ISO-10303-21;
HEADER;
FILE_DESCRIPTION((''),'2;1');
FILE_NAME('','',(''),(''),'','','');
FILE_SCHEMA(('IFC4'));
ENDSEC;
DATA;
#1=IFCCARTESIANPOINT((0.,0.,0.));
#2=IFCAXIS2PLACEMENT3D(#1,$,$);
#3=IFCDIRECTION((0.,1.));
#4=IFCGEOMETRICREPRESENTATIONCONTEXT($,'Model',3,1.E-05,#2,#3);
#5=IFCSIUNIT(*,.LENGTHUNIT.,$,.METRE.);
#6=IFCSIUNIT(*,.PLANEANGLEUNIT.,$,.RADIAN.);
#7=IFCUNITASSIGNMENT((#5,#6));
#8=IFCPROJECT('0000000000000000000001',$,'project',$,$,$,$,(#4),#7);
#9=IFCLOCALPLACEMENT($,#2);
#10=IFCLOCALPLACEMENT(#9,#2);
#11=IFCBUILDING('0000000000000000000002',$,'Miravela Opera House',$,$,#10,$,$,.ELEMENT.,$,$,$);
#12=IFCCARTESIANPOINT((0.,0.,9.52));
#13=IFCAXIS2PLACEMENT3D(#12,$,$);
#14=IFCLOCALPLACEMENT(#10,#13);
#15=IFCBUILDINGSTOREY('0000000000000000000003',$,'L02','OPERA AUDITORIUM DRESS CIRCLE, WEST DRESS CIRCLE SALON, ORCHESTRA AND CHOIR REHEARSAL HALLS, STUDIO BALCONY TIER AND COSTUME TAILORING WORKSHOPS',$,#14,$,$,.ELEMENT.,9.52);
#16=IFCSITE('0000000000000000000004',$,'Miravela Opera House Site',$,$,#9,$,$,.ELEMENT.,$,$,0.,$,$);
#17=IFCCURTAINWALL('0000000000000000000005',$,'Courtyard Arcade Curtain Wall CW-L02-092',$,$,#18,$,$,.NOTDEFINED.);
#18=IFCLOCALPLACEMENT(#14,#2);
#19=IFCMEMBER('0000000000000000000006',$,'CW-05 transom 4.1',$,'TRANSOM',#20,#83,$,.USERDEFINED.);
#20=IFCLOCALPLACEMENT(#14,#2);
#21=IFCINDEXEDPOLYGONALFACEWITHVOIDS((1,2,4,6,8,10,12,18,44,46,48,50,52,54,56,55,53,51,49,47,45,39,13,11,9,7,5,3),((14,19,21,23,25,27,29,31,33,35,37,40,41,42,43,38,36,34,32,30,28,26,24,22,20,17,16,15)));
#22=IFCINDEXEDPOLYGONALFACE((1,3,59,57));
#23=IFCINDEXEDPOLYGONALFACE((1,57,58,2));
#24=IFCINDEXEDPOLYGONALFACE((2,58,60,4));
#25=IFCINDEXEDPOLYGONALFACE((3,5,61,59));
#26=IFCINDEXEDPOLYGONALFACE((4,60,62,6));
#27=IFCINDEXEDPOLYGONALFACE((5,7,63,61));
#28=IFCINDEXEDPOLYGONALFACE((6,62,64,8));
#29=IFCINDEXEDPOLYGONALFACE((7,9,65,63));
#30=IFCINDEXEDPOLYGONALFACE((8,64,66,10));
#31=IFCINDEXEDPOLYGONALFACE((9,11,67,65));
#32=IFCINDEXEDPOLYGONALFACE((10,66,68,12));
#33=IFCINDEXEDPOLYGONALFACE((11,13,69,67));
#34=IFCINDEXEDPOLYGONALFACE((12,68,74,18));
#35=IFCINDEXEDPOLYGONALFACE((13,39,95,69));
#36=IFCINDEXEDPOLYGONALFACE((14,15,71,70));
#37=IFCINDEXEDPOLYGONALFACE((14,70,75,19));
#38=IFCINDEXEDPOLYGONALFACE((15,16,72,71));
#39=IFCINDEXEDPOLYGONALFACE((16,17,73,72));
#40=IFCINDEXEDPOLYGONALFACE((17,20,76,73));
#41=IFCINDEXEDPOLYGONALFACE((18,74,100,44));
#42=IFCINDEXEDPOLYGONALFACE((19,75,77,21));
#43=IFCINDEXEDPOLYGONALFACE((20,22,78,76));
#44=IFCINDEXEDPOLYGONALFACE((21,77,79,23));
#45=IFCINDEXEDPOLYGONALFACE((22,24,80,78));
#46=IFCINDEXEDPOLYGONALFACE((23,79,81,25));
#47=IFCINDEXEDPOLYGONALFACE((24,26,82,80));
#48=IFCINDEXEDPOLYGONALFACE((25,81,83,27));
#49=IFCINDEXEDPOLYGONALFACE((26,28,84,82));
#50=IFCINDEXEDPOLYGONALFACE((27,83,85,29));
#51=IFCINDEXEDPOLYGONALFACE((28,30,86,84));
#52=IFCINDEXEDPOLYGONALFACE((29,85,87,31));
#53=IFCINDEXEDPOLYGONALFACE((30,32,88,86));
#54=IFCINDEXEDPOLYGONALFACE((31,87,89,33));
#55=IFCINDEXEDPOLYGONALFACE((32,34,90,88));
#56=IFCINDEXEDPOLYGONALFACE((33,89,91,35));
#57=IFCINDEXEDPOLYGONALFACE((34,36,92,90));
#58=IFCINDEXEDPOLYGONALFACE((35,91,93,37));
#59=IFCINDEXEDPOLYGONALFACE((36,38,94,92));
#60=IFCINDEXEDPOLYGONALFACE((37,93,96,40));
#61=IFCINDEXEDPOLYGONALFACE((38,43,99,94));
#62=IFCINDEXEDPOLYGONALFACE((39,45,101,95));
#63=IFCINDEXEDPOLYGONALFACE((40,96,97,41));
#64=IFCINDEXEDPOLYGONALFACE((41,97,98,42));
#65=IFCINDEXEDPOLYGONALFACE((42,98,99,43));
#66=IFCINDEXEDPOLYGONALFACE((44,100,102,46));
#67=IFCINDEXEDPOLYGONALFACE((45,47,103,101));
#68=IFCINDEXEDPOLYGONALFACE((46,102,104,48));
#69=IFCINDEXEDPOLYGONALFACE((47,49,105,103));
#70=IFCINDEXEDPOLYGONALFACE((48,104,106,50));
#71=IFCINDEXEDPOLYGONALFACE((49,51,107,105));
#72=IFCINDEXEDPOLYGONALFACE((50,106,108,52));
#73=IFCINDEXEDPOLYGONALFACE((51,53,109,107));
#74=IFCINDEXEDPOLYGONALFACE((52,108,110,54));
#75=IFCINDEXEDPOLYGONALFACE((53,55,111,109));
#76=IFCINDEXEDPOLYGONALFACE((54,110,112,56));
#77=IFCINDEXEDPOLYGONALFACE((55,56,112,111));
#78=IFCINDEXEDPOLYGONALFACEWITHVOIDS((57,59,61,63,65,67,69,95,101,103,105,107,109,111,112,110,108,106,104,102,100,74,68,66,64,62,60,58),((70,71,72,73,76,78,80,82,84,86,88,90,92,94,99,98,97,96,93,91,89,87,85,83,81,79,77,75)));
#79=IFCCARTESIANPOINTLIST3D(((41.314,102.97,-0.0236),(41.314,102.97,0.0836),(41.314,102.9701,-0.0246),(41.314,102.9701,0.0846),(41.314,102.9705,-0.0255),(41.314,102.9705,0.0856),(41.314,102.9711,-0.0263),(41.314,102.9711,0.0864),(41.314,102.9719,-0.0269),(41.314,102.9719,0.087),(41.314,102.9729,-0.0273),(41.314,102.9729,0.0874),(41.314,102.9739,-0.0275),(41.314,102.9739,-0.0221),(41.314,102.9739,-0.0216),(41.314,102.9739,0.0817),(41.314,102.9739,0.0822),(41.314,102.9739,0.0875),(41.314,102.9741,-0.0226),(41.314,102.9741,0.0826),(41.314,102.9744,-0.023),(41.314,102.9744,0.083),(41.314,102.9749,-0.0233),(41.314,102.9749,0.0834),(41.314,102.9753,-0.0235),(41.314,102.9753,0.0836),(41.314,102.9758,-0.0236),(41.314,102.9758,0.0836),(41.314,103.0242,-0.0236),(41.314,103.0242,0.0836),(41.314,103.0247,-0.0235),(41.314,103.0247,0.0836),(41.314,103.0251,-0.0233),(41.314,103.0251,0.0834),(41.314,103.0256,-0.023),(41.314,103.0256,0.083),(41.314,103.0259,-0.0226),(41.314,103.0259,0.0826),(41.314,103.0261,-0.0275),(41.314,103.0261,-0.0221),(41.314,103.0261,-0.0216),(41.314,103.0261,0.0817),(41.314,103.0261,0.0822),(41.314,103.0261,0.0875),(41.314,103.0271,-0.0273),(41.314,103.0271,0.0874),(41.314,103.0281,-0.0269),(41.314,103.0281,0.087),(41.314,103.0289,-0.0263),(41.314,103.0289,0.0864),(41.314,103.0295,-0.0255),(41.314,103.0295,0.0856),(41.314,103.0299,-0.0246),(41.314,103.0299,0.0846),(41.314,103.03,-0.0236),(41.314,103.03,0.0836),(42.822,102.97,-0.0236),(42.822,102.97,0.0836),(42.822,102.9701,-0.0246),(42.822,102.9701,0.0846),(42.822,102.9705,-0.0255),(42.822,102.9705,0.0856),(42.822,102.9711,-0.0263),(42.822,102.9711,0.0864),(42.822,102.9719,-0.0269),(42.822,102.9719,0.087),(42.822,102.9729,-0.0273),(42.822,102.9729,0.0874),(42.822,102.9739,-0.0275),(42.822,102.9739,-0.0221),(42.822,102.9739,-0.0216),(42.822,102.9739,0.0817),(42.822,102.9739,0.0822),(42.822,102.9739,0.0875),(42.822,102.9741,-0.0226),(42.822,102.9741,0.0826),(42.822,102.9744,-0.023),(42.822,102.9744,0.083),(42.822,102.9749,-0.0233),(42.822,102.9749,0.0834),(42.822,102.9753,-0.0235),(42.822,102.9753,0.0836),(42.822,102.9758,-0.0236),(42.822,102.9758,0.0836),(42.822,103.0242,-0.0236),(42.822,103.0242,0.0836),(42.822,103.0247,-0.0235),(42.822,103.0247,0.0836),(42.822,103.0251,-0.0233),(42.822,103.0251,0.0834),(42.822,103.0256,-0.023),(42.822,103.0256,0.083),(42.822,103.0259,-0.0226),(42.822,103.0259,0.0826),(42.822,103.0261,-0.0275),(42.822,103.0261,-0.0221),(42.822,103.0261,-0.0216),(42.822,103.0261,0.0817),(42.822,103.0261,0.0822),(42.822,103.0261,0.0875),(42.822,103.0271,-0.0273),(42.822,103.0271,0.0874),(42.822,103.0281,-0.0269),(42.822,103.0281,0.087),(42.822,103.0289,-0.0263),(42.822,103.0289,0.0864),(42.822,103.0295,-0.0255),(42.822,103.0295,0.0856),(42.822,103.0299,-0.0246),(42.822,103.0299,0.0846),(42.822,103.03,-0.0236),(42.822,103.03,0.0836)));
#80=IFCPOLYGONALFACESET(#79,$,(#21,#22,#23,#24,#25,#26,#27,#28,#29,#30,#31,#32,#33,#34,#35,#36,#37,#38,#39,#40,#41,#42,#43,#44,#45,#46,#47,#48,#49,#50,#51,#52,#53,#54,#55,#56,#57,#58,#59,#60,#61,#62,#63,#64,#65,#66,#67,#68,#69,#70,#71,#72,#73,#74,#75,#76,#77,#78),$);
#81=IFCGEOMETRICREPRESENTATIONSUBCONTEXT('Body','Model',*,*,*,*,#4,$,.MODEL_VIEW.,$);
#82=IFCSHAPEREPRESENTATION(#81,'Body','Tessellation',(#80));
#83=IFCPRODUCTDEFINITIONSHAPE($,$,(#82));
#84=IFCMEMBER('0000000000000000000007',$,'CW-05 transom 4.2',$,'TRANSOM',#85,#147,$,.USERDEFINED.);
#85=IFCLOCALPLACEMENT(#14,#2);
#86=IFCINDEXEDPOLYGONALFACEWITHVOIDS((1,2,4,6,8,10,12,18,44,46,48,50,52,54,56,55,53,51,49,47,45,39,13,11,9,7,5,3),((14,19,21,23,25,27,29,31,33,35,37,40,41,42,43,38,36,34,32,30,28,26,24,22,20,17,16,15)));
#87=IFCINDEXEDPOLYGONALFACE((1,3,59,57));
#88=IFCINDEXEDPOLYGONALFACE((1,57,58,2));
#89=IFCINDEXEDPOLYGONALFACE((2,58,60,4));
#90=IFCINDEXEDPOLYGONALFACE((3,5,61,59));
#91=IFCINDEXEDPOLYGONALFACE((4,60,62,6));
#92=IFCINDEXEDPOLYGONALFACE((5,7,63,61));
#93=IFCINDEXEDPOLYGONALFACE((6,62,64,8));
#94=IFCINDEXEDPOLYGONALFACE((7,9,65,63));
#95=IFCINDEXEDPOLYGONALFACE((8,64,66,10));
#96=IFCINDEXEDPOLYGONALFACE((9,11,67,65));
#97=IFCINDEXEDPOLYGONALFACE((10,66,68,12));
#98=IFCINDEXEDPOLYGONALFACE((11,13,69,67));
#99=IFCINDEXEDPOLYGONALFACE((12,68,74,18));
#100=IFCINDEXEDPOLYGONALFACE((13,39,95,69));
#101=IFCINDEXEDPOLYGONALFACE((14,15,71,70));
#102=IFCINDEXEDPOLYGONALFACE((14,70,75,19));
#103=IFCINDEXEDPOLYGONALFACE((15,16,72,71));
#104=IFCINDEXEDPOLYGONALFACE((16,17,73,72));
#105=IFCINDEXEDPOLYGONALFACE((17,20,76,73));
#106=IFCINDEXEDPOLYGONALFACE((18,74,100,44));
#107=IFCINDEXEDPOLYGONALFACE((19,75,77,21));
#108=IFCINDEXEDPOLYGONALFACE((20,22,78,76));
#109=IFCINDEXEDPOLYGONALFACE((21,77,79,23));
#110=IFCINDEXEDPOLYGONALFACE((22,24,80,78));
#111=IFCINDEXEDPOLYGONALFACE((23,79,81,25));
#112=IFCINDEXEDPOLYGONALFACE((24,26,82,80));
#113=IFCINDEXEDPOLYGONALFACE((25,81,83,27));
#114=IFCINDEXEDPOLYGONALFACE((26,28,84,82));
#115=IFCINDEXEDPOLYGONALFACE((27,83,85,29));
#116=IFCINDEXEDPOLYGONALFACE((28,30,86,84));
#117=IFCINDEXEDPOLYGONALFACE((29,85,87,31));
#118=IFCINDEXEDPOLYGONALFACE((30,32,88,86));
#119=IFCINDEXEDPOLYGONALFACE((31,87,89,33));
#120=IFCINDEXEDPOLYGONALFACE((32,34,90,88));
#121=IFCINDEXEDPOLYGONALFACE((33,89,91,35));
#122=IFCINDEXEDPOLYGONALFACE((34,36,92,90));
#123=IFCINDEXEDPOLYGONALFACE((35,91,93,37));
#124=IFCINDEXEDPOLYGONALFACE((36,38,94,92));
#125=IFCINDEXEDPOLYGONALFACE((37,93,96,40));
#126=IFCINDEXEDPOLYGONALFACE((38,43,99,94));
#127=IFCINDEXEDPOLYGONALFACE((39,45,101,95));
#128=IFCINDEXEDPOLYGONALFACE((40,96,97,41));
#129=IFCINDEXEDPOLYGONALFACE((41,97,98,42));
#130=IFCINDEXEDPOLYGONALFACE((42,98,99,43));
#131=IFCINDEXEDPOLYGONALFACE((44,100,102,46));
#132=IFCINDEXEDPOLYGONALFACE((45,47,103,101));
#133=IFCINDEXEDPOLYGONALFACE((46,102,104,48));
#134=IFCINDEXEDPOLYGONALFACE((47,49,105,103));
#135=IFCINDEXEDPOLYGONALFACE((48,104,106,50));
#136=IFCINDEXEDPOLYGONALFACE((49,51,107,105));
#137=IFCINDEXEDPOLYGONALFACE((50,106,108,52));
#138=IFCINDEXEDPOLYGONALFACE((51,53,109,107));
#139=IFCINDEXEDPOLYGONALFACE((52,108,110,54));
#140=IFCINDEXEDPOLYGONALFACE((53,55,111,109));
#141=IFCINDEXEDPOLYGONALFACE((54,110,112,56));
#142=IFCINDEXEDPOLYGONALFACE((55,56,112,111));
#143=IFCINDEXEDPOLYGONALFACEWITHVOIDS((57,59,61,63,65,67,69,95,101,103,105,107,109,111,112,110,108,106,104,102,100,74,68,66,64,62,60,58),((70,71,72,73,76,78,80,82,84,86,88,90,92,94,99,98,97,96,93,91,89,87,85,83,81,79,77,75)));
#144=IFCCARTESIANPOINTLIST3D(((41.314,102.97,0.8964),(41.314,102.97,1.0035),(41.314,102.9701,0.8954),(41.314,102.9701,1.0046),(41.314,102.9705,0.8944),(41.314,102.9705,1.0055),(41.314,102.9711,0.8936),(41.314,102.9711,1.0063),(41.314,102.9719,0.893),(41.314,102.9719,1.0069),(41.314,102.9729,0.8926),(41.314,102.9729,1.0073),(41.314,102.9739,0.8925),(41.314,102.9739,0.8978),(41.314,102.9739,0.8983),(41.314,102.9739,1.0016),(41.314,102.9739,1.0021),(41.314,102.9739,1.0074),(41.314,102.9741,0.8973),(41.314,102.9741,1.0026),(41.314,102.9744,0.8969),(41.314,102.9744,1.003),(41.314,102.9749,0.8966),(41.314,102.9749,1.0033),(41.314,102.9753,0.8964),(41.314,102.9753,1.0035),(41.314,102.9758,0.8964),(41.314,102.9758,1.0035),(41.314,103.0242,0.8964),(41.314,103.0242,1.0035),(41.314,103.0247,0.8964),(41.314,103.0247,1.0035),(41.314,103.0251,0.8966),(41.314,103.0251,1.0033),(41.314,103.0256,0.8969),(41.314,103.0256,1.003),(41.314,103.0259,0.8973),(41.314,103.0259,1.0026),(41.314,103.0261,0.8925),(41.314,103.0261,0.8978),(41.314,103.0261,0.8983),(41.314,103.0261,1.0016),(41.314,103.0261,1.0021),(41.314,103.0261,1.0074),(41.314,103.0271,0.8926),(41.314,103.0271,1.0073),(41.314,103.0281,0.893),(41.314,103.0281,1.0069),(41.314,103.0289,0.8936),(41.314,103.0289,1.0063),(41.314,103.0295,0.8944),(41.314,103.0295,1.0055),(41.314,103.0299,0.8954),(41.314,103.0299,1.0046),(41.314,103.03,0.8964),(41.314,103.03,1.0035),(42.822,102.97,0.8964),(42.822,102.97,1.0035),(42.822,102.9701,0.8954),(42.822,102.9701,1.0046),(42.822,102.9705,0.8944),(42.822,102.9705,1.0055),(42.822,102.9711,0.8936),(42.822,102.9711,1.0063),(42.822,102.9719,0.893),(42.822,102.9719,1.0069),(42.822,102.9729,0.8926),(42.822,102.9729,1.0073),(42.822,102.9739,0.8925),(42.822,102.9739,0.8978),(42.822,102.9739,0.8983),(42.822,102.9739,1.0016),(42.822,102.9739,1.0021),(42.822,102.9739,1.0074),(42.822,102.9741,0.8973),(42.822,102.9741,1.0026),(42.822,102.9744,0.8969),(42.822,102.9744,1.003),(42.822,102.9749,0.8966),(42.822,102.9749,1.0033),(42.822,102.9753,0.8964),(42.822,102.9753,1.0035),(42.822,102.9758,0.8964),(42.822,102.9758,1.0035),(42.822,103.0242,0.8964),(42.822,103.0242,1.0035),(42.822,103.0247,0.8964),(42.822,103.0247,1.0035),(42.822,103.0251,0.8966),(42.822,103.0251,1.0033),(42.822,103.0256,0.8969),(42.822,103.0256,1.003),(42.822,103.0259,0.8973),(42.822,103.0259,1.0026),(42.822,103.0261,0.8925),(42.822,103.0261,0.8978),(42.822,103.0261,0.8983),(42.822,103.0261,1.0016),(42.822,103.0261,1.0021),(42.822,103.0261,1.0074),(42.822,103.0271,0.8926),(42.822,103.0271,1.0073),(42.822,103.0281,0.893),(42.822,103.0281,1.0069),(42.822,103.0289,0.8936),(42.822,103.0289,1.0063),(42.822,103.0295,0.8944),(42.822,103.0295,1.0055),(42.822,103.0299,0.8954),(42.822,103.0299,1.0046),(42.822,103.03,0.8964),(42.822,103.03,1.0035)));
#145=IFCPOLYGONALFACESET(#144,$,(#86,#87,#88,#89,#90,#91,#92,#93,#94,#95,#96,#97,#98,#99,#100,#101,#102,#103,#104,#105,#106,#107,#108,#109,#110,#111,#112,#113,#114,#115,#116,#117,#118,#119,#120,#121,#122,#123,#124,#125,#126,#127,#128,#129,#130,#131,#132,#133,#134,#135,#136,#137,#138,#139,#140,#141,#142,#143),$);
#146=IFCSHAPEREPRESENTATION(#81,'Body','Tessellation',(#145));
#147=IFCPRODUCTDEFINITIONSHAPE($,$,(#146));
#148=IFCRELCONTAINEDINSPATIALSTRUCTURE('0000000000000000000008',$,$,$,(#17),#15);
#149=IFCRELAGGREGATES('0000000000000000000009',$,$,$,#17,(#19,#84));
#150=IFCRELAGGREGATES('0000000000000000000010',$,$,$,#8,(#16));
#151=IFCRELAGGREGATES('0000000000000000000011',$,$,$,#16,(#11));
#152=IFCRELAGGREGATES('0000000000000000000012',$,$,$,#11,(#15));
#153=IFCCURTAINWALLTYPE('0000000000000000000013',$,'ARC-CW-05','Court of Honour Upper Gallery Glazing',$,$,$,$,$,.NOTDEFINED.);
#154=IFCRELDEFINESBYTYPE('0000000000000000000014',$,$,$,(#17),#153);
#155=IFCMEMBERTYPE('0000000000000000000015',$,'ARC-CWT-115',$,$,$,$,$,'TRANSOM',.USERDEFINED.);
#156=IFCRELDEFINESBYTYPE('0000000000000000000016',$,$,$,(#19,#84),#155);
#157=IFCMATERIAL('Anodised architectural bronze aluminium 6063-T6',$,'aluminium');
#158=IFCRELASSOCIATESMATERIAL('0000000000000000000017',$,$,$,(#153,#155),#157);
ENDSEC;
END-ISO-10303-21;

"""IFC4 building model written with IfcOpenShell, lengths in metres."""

from ifc_helpers import new_model, si_unit, direction, frame, origin, origin_2d, place, context, subcontext, project, spatial, hollow_rectangle, extrude, material, material_profile, profile_set, type_object, element, aggregate, save


model = new_model("IFC4")

# Units and contexts
model_context = context("Model", 3, precision=1e-05, world=origin(), true_north=direction((0.0, 1.0)))
body_context = subcontext(model_context, "Body", "Model", "MODEL_VIEW")
ifc_project = project(units=[si_unit("LENGTHUNIT", "METRE"), si_unit("PLANEANGLEUNIT", "RADIAN")], contexts=[model_context])

# Site, building, storey
site_placement = place(None, origin())
site = spatial("IfcSite", under=ifc_project, at=site_placement, Name="Miravela Opera House Site", CompositionType="ELEMENT", RefElevation=0.0)
building_placement = place(site_placement, origin())
building = spatial("IfcBuilding", under=site, at=building_placement, Name="Miravela Opera House", CompositionType="ELEMENT")
storey_placement = place(building_placement, frame((0.0, 0.0, 9.52)))
storey = spatial("IfcBuildingStorey", under=building, at=storey_placement, Name="L02", Description="OPERA AUDITORIUM DRESS CIRCLE, WEST DRESS CIRCLE SALON, ORCHESTRA AND CHOIR REHEARSAL HALLS, STUDIO BALCONY TIER AND COSTUME TAILORING WORKSHOPS", CompositionType="ELEMENT", Elevation=9.52)

# Curtain wall, members
ifc_material_1 = material(Name="Anodised architectural bronze aluminium 6063-T6", Category="aluminium")
curtain_wall_type = type_object("IfcCurtainWallType", Name="ARC-CW-05", Description="Court of Honour Upper Gallery Glazing", PredefinedType="NOTDEFINED", material=ifc_material_1)
curtain_wall_placement = place(storey_placement, origin())
curtain_wall = element("IfcCurtainWall", 1, at=curtain_wall_placement, inside=storey, type_object=curtain_wall_type, Name="Courtyard Arcade Curtain Wall CW-L02-092", PredefinedType="NOTDEFINED")
ifc_material_profile_1 = material_profile(ifc_material_1, hollow_rectangle(XDim=0.0601, YDim=0.115, WallThickness=0.0039, InnerFilletRadius=0.002, OuterFilletRadius=0.0039, at=origin_2d()), Name="CWT-60X115")
ifc_profile_set_1 = profile_set([ifc_material_profile_1])
member_type_1 = type_object("IfcMemberType", Name="ARC-CWT-115", ElementType="TRANSOM", PredefinedType="USERDEFINED", material=ifc_profile_set_1)
member_1_placement = place(storey_placement, frame((41.314, 103.0, 0.03), z_axis=(1.0, 0.0, 0.0), x_axis=(0.0, 1.0, 0.0)))
member_1 = element("IfcMember", 2, at=member_1_placement, type_object=member_type_1, Name="CW-05 transom 4.1", ObjectType="TRANSOM", PredefinedType="USERDEFINED", context=body_context, shape_type="SweptSolid", body=[
    extrude(hollow_rectangle(XDim=0.0601, YDim=0.115, WallThickness=0.0039, InnerFilletRadius=0.002, OuterFilletRadius=0.0039, at=origin_2d()), origin(), (0.0, 0.0, 1.0), 1.5081),
])
member_2_placement = place(storey_placement, frame((41.314, 103.0, 0.95), z_axis=(1.0, 0.0, 0.0), x_axis=(0.0, 1.0, 0.0)))
member_2 = element("IfcMember", 3, at=member_2_placement, type_object=member_type_1, Name="CW-05 transom 4.2", ObjectType="TRANSOM", PredefinedType="USERDEFINED", context=body_context, shape_type="SweptSolid", body=[
    extrude(hollow_rectangle(XDim=0.0601, YDim=0.115, WallThickness=0.0039, InnerFilletRadius=0.002, OuterFilletRadius=0.0039, at=origin_2d()), origin(), (0.0, 0.0, 1.0), 1.5081),
])

aggregate(curtain_wall, [member_1, member_2])

save(model, "model.ifc")
